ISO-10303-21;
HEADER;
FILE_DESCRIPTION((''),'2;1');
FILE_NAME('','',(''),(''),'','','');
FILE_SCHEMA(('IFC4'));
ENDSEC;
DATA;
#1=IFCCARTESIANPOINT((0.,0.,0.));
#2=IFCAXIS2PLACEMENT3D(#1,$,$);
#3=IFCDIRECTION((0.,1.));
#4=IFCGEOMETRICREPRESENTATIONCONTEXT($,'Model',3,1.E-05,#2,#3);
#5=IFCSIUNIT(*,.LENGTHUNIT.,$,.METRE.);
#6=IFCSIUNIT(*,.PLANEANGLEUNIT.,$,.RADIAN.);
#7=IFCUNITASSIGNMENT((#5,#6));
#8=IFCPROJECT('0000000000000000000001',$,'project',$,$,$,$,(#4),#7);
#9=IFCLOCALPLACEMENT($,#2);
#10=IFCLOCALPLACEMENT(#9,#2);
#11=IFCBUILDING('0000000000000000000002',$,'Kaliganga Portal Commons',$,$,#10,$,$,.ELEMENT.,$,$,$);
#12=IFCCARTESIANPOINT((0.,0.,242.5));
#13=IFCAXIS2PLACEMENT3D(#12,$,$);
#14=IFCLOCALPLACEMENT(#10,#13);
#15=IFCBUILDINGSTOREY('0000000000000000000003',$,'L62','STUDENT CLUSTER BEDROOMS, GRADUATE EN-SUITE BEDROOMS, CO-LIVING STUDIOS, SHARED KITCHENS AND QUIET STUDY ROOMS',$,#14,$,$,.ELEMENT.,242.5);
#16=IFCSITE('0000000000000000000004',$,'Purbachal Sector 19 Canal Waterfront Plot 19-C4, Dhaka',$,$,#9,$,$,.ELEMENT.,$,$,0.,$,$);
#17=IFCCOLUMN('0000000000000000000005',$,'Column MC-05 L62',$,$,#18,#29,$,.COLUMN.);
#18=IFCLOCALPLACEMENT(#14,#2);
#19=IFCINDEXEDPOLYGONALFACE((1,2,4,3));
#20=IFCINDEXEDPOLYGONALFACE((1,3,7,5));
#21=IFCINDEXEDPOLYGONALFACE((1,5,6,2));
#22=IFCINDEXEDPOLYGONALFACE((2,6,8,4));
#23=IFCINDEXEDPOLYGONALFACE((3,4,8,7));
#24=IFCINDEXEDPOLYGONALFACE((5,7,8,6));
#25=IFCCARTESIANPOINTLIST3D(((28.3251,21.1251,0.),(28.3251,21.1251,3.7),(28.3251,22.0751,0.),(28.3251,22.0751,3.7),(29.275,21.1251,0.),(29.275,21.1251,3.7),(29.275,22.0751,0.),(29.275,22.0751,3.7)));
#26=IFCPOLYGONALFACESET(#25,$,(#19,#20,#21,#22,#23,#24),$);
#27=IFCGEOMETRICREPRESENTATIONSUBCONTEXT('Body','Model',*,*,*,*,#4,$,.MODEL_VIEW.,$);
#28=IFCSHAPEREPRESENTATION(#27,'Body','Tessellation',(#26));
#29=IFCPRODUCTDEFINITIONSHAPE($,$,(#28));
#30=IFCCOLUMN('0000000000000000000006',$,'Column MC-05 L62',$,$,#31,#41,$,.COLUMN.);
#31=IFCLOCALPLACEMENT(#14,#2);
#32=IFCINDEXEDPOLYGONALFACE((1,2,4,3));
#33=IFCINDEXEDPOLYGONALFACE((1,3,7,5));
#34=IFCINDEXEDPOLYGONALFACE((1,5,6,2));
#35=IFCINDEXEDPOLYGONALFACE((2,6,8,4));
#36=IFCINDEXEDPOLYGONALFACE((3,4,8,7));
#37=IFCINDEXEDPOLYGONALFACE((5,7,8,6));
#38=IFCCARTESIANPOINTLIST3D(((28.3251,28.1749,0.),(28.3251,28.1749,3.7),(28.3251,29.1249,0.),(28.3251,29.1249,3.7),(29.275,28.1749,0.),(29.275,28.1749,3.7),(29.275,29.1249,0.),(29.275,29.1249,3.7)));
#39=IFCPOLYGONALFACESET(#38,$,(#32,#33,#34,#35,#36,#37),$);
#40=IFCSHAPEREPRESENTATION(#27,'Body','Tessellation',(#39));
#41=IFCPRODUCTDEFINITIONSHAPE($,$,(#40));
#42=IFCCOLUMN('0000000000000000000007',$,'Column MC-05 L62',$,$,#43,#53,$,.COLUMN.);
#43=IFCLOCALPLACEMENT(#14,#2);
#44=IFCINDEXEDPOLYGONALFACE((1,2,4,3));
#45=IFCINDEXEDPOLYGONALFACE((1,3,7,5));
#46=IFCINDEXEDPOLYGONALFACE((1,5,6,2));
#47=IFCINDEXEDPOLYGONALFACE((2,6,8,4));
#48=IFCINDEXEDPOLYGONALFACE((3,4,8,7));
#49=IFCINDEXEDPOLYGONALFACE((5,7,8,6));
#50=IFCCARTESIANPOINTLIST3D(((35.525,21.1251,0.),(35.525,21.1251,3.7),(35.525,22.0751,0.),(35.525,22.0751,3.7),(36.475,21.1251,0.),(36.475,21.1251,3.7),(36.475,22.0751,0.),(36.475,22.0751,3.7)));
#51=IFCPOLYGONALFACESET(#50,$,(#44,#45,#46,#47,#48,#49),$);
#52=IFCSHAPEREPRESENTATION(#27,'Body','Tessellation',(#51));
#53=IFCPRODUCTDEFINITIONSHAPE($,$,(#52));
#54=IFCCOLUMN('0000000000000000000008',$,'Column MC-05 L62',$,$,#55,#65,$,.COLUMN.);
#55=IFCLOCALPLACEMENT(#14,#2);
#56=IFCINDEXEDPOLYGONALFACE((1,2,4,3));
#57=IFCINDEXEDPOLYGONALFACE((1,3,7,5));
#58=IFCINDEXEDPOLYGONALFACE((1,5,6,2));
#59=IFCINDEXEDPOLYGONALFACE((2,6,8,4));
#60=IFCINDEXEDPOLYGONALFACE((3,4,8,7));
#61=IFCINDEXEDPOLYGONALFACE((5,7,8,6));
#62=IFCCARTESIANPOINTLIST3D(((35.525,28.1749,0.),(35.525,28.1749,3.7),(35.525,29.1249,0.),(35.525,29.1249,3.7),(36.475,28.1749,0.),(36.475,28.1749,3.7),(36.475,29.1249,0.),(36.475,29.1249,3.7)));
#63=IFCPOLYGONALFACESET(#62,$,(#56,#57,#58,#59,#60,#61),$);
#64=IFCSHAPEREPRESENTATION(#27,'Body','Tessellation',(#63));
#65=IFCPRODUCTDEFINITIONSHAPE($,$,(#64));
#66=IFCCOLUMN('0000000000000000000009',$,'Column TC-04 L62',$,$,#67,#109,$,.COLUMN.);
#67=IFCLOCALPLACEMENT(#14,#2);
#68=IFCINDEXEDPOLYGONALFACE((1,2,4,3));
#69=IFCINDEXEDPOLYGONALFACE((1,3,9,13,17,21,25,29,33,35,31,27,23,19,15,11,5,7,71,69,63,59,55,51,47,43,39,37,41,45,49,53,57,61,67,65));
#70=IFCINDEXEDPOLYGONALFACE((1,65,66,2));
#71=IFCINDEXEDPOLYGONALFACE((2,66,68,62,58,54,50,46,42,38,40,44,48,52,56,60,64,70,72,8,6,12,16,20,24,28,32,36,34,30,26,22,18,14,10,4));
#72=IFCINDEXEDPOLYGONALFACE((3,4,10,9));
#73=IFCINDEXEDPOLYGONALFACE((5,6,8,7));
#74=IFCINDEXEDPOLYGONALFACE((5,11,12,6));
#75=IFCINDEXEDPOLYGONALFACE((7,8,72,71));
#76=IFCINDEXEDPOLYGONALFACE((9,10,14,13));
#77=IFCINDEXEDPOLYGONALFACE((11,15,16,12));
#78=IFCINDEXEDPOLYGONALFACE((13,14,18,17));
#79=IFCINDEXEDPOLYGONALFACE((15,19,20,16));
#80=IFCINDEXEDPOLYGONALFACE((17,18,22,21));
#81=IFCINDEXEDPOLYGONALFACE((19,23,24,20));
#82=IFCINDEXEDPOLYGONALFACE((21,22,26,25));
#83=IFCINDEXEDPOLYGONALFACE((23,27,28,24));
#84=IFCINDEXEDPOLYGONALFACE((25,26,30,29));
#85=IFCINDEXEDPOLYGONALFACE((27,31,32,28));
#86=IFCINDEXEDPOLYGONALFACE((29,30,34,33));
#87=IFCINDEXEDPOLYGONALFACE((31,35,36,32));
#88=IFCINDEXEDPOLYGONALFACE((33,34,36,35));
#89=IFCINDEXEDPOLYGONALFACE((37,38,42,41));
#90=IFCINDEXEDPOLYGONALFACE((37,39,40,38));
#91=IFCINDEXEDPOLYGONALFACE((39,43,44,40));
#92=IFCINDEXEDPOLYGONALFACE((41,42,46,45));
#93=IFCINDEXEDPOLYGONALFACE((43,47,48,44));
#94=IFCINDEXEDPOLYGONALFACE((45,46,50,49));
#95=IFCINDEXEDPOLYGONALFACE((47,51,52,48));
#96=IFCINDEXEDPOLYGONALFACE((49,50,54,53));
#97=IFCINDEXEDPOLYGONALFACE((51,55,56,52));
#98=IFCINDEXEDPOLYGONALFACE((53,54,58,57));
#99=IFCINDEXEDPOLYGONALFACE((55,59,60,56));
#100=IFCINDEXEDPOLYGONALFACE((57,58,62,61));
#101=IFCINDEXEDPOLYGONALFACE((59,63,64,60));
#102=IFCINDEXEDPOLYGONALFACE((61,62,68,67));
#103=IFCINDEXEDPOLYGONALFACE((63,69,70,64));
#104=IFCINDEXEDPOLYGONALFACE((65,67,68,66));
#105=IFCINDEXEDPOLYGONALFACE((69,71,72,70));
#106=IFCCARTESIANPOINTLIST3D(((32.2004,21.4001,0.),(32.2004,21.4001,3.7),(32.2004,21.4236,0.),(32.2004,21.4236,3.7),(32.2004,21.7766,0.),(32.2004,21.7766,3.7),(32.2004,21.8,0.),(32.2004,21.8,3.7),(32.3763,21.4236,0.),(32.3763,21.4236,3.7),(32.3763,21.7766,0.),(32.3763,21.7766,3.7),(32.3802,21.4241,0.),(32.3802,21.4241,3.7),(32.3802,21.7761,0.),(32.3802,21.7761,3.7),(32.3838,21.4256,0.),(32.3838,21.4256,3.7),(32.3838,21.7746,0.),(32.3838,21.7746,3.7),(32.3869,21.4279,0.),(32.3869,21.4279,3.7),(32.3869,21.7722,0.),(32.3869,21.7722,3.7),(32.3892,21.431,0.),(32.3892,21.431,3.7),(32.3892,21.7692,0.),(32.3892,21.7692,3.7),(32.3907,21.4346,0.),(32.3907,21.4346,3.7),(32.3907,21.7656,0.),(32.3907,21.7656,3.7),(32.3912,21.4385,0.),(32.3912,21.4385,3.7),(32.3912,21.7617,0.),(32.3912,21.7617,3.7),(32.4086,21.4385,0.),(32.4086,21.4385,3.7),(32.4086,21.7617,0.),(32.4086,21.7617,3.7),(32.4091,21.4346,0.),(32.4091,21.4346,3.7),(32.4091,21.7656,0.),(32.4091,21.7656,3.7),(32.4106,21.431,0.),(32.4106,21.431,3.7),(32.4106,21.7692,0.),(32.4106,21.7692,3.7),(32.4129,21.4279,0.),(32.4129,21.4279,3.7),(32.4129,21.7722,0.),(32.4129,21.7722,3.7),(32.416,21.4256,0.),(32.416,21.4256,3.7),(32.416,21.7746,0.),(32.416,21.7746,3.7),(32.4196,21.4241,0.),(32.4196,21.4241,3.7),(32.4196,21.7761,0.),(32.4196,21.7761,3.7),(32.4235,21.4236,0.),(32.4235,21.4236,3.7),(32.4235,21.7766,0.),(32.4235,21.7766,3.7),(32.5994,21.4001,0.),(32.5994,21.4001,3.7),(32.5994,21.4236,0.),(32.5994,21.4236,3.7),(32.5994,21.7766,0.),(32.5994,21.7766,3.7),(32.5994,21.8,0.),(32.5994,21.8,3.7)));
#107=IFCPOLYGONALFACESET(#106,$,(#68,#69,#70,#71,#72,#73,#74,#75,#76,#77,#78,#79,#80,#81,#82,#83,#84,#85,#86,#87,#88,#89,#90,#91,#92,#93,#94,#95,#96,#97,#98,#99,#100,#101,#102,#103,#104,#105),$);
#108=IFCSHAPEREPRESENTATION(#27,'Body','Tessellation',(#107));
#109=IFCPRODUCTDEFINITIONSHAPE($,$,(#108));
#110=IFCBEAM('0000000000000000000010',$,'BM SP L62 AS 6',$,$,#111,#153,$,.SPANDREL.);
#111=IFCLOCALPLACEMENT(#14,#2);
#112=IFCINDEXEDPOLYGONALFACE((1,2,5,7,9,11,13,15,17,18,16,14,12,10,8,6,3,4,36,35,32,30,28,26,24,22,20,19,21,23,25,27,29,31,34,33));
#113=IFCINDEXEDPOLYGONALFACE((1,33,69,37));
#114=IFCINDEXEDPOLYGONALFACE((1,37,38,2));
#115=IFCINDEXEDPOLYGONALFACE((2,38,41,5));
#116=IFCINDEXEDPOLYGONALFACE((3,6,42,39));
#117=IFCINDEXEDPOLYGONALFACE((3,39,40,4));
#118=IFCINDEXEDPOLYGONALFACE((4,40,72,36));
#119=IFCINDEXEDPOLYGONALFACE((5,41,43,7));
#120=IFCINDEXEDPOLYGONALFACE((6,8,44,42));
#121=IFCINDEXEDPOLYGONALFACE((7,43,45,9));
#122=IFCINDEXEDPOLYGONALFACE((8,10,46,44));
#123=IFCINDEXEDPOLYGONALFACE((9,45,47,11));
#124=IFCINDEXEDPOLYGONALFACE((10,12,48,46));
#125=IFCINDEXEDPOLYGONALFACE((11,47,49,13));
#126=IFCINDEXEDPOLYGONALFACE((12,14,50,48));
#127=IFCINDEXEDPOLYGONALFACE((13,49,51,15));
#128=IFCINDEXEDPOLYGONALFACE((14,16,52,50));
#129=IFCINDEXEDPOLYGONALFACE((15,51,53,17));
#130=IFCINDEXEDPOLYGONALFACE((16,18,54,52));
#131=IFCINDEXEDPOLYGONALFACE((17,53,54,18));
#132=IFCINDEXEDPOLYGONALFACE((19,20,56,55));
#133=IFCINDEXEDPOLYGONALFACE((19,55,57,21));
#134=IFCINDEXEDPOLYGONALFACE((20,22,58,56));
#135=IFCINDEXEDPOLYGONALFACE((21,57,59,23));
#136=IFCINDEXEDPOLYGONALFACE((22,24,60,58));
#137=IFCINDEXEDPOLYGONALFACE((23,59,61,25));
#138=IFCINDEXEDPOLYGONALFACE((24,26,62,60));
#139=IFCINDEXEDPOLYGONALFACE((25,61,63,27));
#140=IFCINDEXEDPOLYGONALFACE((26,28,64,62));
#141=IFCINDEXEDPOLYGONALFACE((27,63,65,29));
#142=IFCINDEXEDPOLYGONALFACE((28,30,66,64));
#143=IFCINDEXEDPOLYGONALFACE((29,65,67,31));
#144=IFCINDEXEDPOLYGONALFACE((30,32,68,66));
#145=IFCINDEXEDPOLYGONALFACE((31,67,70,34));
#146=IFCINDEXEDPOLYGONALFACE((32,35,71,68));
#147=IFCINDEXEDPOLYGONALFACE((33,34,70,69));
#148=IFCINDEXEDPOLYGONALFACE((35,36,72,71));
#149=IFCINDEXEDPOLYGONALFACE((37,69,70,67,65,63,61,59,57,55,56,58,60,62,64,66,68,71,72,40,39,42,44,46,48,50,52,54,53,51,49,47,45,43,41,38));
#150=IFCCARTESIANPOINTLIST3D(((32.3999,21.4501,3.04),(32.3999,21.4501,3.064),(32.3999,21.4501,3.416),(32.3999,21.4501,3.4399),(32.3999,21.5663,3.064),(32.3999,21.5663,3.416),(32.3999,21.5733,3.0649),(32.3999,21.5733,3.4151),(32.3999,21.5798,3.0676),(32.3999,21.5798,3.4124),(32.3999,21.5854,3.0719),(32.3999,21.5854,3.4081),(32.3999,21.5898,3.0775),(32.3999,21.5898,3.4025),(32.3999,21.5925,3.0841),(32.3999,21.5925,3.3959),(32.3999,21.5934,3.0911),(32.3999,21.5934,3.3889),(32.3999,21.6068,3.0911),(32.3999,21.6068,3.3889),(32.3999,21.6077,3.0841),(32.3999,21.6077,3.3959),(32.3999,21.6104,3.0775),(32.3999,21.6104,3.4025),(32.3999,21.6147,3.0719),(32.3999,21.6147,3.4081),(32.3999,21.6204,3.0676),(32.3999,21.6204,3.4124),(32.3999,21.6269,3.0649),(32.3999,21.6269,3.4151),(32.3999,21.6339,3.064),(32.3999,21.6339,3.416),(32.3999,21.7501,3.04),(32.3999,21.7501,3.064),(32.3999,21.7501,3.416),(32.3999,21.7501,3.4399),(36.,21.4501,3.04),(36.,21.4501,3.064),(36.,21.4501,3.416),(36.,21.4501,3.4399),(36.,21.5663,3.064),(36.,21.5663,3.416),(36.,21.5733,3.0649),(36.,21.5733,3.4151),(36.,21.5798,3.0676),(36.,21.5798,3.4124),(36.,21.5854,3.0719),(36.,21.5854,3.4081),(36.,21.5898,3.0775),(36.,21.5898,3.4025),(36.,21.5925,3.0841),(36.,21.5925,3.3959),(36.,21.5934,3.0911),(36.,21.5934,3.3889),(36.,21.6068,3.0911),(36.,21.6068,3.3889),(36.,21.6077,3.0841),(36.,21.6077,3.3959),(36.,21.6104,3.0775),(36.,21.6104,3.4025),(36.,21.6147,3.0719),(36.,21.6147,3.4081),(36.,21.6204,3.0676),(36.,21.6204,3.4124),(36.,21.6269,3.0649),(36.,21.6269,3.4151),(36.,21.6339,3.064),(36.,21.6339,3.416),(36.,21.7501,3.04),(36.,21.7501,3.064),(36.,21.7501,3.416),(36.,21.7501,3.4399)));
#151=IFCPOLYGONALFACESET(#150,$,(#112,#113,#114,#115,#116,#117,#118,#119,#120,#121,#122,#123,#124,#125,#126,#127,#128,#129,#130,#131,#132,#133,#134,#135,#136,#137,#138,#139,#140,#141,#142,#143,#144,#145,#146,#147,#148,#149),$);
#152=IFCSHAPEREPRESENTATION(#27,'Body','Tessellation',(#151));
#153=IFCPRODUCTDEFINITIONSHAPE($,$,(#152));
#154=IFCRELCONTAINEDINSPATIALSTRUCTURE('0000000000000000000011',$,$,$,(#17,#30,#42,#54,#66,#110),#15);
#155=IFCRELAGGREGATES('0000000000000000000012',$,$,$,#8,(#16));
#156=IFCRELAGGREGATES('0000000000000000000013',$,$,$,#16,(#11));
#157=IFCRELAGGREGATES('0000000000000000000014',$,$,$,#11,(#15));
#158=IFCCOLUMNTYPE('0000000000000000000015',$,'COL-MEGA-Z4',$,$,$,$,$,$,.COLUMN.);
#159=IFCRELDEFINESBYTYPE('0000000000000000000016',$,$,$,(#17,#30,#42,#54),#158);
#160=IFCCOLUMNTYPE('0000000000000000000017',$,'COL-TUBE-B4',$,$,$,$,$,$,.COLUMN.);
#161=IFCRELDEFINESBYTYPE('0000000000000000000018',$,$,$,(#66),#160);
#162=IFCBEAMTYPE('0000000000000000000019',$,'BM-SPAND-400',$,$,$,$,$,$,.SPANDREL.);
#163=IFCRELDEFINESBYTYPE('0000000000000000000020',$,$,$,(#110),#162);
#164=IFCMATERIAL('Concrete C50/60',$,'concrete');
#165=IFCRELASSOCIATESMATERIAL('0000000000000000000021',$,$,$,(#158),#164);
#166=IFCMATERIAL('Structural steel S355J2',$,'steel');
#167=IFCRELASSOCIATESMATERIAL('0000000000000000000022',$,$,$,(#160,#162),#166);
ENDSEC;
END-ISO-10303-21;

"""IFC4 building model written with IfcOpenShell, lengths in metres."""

from ifc_helpers import new_model, si_unit, direction, frame, origin, origin_2d, place, context, subcontext, project, spatial, rectangle, i_section, extrude, source, transform, mapped, material, material_profile, profile_set, type_object, element, save


model = new_model("IFC4")

# Units and contexts
model_context = context("Model", 3, precision=1e-05, world=origin(), true_north=direction((0.0, 1.0)))
body_context = subcontext(model_context, "Body", "Model", "MODEL_VIEW")
ifc_project = project(units=[si_unit("LENGTHUNIT", "METRE"), si_unit("PLANEANGLEUNIT", "RADIAN")], contexts=[model_context])

# Site, building, storey
site_placement = place(None, origin())
site = spatial("IfcSite", under=ifc_project, at=site_placement, Name="Purbachal Sector 19 Canal Waterfront Plot 19-C4, Dhaka", CompositionType="ELEMENT", RefElevation=0.0)
building_placement = place(site_placement, origin())
building = spatial("IfcBuilding", under=site, at=building_placement, Name="Kaliganga Portal Commons", CompositionType="ELEMENT")
storey_placement = place(building_placement, frame((0.0, 0.0, 242.5)))
storey = spatial("IfcBuildingStorey", under=building, at=storey_placement, Name="L62", Description="STUDENT CLUSTER BEDROOMS, GRADUATE EN-SUITE BEDROOMS, CO-LIVING STUDIOS, SHARED KITCHENS AND QUIET STUDY ROOMS", CompositionType="ELEMENT", Elevation=242.5)

# Columns
ifc_material_1 = material(Name="Concrete C50/60", Category="concrete")
ifc_material_profile_1 = material_profile(ifc_material_1, rectangle(XDim=0.95, YDim=0.95, at=origin_2d()), Name="RC 950x950")
ifc_profile_set_1 = profile_set([ifc_material_profile_1], Name="Concrete C50/60")
column_type_1 = type_object("IfcColumnType", Name="COL-MEGA-Z4", PredefinedType="COLUMN", material=ifc_profile_set_1)
shared_shape_1 = source(origin(), body_context, "Body", "SweptSolid", [
    extrude(rectangle(XDim=0.95, YDim=0.95, at=origin_2d()), origin(), (0.0, 0.0, 1.0), 3.7),
])
for number, where, z_axis, x_axis, name in (
    (1, (28.8, 21.6001, 0.0), (0.0, 0.0, 1.0), (1.0, 0.0, 0.0), "Column MC-05 L62"),
    (2, (28.8, 28.6499, 0.0), (0.0, 0.0, 1.0), (1.0, 0.0, 0.0), "Column MC-05 L62"),
    (3, (36.0, 21.6001, 0.0), (0.0, 0.0, 1.0), (1.0, 0.0, 0.0), "Column MC-05 L62"),
    (4, (36.0, 28.6499, 0.0), (0.0, 0.0, 1.0), (1.0, 0.0, 0.0), "Column MC-05 L62"),
):
    element("IfcColumn", number, at=place(storey_placement, frame(where, z_axis=z_axis, x_axis=x_axis)), inside=storey, type_object=column_type_1, Name=name, PredefinedType="COLUMN", context=body_context, shape_type="MappedRepresentation", body=[
        mapped(shared_shape_1, transform((0.0, 0.0, 0.0), x_axis=(1.0, 0.0, 0.0), y_axis=(0.0, 1.0, 0.0), z_axis=(0.0, 0.0, 1.0), scale=1.0)),
    ])
ifc_material_2 = material(Name="Structural steel S355J2", Category="steel")
ifc_material_profile_2 = material_profile(ifc_material_2, i_section(OverallWidth=0.3989, OverallDepth=0.3999, WebThickness=0.0173, FlangeThickness=0.0234, FilletRadius=0.0149, at=origin_2d()), Name="HD 400x287")
ifc_profile_set_2 = profile_set([ifc_material_profile_2], Name="Structural steel S355J2 wide-flange")
column_type_2 = type_object("IfcColumnType", Name="COL-TUBE-B4", PredefinedType="COLUMN", material=ifc_profile_set_2)
shared_shape_2 = source(origin(), body_context, "Body", "SweptSolid", [
    extrude(i_section(OverallWidth=0.3989, OverallDepth=0.3999, WebThickness=0.0173, FlangeThickness=0.0234, FilletRadius=0.0149, at=origin_2d()), origin(), (0.0, 0.0, 1.0), 3.7),
])
column_placement = place(storey_placement, frame((32.3999, 21.6001, 0.0), z_axis=(0.0, 0.0, 1.0), x_axis=(1.0, 0.0, 0.0)))
element("IfcColumn", 5, at=column_placement, inside=storey, type_object=column_type_2, Name="Column TC-04 L62", PredefinedType="COLUMN", context=body_context, shape_type="MappedRepresentation", body=[
    mapped(shared_shape_2, transform((0.0, 0.0, 0.0), x_axis=(1.0, 0.0, 0.0), y_axis=(0.0, 1.0, 0.0), z_axis=(0.0, 0.0, 1.0), scale=1.0)),
])

# Beam
ifc_material_profile_3 = material_profile(ifc_material_2, i_section(OverallWidth=0.3, OverallDepth=0.3999, WebThickness=0.0134, FlangeThickness=0.0239, FilletRadius=0.0271, at=origin_2d()), Name="HE 400 B")
ifc_profile_set_3 = profile_set([ifc_material_profile_3], Name="Structural steel S355J2 wide-flange")
beam_type_1 = type_object("IfcBeamType", Name="BM-SPAND-400", PredefinedType="SPANDREL", material=ifc_profile_set_3)
shared_shape_3 = source(origin(), body_context, "Body", "SweptSolid", [
    extrude(i_section(OverallWidth=0.3, OverallDepth=0.3999, WebThickness=0.0134, FlangeThickness=0.0239, FilletRadius=0.0271, at=origin_2d()), origin(), (0.0, 0.0, 1.0), 3.6001),
])
beam_1_placement = place(storey_placement, frame((32.3999, 21.6001, 3.24), z_axis=(1.0, 0.0, 0.0), x_axis=(0.0, 1.0, 0.0)))
element("IfcBeam", 6, at=beam_1_placement, inside=storey, type_object=beam_type_1, Name="BM SP L62 AS 6", PredefinedType="SPANDREL", context=body_context, shape_type="MappedRepresentation", body=[
    mapped(shared_shape_3, transform((0.0, 0.0, 0.0), x_axis=(1.0, 0.0, 0.0), y_axis=(0.0, 1.0, 0.0), z_axis=(0.0, 0.0, 1.0), scale=1.0)),
])

save(model, "model.ifc")
